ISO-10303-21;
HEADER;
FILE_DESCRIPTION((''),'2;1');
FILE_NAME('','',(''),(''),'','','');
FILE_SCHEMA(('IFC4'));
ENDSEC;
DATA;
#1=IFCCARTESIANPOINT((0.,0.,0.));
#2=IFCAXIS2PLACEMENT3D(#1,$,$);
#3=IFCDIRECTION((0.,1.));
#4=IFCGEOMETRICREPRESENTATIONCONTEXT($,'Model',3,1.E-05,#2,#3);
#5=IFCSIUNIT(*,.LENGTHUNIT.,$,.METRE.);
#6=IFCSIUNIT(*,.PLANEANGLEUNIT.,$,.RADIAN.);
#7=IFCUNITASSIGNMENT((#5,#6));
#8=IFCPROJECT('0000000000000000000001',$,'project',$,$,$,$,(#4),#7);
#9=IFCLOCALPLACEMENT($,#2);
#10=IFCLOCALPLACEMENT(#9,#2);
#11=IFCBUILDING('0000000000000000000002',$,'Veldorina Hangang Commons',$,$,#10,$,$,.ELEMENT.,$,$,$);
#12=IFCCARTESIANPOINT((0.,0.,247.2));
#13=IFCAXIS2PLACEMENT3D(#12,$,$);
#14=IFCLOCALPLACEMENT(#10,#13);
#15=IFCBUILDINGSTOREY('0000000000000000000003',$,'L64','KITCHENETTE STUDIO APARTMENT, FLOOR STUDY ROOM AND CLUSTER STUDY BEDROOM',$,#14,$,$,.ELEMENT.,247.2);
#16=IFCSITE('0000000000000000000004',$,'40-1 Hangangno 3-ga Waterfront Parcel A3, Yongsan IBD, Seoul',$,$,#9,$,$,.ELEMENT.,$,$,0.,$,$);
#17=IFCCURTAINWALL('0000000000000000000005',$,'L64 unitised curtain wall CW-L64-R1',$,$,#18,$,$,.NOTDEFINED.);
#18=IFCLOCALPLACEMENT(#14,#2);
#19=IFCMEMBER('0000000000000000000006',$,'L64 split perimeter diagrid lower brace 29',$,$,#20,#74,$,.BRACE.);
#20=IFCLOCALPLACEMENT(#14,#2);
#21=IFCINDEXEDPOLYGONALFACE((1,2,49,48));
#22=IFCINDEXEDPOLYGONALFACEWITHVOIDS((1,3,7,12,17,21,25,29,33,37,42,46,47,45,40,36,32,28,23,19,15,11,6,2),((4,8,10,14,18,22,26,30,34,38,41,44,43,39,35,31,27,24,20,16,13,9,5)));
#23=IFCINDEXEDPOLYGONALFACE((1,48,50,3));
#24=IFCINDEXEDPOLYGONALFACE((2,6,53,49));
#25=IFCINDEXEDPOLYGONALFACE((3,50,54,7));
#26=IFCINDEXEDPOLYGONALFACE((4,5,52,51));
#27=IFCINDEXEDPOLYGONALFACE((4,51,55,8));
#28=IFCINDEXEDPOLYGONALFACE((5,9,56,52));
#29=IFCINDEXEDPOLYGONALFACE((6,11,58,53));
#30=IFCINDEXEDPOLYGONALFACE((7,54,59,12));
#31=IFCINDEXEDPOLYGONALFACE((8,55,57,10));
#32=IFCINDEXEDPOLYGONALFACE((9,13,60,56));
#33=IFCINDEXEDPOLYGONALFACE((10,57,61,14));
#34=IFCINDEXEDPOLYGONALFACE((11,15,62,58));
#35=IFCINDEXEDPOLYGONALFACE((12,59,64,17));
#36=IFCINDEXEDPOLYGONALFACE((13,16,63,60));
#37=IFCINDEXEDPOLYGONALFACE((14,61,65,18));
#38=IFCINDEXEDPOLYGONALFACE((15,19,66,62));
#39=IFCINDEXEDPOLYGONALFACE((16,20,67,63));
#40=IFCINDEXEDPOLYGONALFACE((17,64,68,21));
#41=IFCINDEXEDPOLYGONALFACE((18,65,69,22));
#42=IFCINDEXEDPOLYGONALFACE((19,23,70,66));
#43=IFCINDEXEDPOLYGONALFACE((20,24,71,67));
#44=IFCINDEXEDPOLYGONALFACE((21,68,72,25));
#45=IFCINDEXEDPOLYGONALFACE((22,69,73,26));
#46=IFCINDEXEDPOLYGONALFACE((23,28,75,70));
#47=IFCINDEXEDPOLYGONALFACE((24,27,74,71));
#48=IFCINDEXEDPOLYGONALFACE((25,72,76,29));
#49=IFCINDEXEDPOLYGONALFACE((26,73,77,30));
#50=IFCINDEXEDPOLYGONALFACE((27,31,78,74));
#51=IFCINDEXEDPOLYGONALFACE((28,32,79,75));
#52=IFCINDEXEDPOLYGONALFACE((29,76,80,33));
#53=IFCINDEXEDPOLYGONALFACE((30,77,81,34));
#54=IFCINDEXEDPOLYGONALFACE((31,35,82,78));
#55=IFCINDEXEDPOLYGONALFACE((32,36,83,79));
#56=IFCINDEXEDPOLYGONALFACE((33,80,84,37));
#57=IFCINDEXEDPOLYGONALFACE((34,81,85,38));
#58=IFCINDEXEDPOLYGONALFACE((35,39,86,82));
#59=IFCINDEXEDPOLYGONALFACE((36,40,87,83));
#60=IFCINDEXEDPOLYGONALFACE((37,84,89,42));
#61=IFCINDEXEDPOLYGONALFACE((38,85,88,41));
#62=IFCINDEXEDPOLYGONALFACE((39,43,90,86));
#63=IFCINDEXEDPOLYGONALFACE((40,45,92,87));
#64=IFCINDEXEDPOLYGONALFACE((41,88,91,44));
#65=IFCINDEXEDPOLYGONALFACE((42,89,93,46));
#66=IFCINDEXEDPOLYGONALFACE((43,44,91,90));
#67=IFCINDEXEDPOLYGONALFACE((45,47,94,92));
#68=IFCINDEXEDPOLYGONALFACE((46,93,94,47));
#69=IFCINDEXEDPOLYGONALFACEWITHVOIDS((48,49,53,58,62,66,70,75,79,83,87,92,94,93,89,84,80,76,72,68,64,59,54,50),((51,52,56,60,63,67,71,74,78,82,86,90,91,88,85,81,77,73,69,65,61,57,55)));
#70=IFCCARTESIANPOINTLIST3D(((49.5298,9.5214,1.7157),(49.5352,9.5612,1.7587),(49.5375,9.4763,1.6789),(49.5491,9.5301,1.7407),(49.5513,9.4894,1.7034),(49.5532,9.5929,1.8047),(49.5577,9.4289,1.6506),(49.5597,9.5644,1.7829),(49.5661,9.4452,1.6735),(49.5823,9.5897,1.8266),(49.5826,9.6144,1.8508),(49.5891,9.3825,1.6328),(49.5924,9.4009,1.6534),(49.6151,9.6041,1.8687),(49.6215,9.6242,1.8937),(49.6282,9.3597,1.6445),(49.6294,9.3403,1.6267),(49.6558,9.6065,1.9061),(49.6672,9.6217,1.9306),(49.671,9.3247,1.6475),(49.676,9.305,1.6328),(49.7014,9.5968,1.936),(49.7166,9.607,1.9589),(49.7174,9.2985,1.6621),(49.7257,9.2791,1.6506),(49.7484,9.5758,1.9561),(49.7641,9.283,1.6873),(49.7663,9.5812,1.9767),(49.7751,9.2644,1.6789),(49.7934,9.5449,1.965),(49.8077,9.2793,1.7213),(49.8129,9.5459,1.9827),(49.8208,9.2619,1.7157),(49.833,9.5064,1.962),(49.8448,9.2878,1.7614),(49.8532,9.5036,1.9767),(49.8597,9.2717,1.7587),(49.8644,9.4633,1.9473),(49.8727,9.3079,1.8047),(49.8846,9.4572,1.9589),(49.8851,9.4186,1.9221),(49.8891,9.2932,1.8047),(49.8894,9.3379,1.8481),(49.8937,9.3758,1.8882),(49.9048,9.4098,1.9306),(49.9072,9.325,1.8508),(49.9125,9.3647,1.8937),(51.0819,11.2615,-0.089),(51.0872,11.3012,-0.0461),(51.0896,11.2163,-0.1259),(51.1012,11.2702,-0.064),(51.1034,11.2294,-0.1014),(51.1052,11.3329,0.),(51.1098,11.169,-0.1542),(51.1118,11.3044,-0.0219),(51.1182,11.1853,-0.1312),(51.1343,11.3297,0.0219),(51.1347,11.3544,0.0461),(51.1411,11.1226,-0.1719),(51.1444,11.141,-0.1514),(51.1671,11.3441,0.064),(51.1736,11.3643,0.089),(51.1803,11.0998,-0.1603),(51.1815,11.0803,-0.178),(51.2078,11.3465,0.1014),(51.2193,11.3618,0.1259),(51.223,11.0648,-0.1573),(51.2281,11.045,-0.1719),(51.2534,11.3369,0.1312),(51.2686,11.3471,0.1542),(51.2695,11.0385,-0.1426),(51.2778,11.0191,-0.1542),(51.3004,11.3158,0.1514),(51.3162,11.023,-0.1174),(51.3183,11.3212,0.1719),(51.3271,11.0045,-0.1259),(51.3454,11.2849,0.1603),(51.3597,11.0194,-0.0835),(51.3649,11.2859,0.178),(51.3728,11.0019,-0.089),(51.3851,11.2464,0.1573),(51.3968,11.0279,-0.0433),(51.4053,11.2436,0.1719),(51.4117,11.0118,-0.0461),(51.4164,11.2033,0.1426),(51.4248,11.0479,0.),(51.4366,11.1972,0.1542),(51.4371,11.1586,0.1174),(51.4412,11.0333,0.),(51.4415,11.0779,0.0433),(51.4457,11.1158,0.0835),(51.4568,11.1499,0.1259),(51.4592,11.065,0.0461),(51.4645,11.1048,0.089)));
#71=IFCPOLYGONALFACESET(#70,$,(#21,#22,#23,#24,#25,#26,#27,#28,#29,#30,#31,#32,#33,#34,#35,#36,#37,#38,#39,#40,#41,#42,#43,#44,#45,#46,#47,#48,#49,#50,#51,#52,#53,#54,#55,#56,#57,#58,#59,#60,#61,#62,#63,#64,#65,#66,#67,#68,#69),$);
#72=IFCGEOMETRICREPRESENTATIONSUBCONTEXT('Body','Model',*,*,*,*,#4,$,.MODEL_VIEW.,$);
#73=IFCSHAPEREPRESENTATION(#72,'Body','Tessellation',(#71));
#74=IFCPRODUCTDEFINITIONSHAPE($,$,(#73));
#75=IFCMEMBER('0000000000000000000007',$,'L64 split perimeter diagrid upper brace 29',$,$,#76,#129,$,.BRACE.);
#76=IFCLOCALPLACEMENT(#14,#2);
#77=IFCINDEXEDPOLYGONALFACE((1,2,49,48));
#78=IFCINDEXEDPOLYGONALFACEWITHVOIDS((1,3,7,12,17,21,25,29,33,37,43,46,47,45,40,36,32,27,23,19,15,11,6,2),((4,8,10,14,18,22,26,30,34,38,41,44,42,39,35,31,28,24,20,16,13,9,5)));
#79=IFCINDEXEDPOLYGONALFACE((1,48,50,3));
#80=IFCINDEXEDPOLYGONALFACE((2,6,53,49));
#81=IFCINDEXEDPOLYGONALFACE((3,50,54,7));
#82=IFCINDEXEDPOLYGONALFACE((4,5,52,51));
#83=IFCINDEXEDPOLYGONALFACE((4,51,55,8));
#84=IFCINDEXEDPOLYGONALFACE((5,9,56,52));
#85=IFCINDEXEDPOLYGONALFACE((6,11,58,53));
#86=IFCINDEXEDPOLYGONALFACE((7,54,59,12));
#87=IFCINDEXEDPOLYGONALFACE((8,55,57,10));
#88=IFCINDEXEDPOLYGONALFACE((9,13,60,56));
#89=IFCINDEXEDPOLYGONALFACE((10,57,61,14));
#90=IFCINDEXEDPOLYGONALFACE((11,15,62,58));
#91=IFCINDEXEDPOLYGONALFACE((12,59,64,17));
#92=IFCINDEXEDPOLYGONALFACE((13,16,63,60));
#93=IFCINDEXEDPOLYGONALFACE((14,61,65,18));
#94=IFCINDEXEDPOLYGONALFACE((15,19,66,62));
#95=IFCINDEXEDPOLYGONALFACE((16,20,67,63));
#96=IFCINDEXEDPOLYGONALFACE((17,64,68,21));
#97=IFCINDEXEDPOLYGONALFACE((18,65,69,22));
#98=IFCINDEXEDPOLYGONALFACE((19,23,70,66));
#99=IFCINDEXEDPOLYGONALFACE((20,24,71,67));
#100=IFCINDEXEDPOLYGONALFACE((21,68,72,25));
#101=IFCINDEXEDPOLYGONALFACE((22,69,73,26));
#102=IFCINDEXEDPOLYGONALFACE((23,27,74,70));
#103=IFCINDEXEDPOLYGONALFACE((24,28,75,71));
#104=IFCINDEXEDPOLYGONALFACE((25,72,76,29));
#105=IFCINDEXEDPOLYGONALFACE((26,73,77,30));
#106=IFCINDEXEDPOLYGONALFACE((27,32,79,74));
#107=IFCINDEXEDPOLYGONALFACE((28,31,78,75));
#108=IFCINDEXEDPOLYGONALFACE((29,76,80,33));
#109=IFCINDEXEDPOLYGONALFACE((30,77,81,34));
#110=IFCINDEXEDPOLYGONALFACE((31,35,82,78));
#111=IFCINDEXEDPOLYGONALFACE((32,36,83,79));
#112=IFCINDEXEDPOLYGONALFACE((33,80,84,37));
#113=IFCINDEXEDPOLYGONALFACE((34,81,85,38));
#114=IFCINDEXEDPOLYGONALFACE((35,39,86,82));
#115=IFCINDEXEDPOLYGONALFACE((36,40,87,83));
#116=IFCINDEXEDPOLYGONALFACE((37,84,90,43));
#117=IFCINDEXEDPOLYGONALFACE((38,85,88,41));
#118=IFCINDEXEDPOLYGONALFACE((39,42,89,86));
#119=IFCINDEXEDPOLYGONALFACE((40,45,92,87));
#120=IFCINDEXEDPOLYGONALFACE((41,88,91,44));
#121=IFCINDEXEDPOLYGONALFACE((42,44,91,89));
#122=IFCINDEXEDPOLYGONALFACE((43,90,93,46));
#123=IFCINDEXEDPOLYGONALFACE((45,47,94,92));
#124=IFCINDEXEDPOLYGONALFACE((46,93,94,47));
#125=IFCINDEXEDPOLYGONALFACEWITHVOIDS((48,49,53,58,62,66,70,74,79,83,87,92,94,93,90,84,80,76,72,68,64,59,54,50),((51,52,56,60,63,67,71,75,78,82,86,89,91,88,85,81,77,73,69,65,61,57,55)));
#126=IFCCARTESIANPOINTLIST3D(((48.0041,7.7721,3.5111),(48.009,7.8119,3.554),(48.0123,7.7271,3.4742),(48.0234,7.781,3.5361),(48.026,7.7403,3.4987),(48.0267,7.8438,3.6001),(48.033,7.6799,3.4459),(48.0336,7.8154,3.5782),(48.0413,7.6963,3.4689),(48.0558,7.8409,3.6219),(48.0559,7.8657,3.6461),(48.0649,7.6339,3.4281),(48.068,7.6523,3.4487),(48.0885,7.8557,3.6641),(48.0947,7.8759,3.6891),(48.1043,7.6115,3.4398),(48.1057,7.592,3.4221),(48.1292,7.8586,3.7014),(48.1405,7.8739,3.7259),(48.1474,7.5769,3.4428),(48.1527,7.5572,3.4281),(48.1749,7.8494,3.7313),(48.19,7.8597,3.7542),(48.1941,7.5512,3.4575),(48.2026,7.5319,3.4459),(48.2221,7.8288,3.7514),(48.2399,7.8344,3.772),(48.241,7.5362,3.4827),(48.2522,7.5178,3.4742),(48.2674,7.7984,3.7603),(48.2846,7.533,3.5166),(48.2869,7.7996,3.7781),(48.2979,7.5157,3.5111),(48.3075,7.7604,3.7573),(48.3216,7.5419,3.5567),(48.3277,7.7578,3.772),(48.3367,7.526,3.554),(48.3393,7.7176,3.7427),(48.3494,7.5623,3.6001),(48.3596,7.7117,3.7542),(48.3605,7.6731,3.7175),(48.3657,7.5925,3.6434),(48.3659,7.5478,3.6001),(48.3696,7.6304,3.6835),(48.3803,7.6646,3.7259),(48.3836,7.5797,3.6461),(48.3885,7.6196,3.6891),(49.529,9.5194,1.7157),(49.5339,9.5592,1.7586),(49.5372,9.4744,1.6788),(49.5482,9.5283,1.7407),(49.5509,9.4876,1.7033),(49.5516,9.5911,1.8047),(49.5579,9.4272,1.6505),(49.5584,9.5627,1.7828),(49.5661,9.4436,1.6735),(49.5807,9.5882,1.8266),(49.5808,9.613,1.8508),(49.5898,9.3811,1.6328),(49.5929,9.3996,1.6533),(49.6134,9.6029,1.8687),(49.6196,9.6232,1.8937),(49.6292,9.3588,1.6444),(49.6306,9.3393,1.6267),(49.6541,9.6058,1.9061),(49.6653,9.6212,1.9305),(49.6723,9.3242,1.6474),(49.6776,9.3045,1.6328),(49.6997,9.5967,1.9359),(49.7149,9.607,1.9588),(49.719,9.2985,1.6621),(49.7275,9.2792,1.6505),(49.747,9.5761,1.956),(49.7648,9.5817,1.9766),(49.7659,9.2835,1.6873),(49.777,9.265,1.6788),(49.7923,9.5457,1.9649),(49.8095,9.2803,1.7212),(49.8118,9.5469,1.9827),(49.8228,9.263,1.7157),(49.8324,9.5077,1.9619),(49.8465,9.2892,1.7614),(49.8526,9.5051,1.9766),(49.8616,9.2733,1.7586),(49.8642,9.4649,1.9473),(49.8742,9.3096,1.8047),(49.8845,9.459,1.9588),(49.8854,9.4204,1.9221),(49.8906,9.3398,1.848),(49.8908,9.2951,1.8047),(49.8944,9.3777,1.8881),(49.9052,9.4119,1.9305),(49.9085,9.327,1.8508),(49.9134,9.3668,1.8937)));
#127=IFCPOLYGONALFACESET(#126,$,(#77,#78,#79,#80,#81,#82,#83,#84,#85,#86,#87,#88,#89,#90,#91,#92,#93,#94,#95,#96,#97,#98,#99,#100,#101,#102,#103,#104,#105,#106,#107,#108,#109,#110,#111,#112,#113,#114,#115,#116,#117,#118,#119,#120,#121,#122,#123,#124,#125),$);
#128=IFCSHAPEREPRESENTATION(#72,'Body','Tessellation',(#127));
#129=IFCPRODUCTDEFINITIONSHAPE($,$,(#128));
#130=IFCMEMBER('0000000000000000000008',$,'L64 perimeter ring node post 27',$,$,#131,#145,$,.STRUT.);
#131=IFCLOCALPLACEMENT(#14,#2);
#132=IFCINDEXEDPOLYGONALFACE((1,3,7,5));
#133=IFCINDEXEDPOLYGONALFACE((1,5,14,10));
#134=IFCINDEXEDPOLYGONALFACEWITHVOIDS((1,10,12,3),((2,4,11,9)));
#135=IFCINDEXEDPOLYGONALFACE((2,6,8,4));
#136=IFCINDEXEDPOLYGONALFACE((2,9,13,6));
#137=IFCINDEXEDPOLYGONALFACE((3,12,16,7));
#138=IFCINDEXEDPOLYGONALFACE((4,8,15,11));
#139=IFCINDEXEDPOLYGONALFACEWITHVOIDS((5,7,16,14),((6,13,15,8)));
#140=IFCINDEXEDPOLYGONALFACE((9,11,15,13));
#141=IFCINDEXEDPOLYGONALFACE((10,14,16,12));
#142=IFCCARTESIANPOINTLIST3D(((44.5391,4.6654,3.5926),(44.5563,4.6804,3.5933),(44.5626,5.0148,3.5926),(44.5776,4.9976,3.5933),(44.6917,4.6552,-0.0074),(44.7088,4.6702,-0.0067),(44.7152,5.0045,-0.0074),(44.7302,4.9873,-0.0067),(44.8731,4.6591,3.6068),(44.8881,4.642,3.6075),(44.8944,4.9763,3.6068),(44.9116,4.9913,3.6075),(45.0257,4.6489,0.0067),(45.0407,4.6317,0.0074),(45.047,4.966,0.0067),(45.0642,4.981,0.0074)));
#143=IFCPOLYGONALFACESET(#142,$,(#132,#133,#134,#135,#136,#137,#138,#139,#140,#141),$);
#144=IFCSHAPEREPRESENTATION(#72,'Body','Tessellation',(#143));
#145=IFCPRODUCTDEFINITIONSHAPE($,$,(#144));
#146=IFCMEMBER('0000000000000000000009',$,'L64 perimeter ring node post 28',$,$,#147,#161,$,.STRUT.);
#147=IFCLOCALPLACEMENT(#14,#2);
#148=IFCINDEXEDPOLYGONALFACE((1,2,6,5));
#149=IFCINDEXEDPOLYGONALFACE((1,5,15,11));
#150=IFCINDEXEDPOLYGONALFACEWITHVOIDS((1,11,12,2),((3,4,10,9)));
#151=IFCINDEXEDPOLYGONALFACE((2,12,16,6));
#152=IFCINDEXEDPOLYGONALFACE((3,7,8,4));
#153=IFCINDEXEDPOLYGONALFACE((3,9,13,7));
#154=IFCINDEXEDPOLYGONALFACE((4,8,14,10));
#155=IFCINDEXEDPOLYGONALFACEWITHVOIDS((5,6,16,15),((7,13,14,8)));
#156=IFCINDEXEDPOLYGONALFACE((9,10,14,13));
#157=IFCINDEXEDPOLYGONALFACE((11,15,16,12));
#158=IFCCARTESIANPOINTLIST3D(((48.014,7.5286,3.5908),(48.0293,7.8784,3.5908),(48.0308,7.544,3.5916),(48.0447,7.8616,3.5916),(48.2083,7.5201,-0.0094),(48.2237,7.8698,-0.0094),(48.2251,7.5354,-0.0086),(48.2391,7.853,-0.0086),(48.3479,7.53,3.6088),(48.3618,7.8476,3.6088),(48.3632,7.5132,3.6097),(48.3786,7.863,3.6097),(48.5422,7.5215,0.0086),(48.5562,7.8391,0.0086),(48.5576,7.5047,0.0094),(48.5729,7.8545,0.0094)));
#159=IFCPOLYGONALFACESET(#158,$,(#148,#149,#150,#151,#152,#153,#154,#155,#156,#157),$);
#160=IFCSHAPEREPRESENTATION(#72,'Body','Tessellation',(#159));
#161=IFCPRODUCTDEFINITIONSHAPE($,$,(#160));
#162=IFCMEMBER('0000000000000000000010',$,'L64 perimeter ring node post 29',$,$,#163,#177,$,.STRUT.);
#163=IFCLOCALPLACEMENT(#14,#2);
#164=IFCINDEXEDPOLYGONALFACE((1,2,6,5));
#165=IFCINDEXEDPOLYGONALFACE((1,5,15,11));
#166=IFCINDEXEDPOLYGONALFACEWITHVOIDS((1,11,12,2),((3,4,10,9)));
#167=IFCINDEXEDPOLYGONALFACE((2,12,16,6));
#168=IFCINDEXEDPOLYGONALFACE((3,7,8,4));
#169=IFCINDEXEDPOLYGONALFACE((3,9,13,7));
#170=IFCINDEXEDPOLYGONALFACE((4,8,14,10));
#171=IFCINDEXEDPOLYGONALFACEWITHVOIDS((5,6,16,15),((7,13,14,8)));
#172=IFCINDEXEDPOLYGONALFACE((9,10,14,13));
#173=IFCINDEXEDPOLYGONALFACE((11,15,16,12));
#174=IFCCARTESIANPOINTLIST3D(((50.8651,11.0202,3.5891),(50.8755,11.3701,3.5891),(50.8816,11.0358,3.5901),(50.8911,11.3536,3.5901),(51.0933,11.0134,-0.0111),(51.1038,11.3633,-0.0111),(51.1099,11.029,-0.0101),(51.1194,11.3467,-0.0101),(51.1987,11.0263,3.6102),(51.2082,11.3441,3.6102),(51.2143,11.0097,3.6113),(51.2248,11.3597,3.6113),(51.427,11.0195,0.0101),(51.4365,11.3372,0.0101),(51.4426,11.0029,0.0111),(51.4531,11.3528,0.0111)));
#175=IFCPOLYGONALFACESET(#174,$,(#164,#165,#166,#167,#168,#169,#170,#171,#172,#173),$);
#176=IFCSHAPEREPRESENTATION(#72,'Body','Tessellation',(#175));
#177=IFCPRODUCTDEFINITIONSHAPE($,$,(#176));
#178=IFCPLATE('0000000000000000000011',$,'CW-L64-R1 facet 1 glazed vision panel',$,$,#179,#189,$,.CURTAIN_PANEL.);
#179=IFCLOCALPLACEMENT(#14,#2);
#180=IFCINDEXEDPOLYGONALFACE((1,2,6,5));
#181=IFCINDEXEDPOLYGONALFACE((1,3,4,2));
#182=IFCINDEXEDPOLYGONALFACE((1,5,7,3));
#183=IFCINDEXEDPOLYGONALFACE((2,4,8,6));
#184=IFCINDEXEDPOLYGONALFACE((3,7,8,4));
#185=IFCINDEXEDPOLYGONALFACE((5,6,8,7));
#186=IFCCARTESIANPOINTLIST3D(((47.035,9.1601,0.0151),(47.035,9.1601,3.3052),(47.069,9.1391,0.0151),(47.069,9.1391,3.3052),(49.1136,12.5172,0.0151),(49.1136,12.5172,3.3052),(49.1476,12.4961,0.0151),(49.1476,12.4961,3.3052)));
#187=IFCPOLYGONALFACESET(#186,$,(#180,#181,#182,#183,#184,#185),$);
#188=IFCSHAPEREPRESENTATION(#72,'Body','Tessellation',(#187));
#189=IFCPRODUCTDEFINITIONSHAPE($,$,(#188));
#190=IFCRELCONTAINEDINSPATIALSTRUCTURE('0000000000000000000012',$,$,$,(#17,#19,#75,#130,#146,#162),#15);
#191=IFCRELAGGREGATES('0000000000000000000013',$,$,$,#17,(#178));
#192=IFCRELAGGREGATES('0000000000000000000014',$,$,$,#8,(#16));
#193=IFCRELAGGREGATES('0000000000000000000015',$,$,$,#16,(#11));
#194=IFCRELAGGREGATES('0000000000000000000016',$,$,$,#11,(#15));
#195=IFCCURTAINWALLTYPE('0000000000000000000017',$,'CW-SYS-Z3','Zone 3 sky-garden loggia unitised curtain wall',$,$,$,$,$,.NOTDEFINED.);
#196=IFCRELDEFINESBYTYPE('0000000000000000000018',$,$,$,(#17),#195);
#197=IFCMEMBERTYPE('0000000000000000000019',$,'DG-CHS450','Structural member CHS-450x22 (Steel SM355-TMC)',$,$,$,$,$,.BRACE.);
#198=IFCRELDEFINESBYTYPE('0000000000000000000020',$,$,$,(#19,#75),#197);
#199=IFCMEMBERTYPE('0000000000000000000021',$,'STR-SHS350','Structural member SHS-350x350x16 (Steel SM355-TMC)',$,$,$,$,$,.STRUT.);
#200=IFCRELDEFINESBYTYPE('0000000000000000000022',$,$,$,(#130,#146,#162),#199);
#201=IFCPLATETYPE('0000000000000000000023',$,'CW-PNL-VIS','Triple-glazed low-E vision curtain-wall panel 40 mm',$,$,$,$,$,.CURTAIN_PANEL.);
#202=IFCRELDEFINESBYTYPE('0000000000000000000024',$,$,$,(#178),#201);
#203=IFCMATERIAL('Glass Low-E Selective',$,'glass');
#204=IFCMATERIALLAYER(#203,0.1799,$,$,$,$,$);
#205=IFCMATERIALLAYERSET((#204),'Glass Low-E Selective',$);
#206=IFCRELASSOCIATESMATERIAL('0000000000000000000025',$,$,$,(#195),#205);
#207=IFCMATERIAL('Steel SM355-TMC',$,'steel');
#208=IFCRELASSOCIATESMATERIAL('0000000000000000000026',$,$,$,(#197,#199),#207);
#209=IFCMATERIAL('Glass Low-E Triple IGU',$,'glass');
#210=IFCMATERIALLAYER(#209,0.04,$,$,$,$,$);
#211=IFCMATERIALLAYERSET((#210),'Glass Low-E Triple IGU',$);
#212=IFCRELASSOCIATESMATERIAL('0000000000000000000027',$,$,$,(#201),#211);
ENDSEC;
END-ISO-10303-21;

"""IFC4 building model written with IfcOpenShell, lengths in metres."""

from ifc_helpers import new_model, si_unit, direction, frame, origin, origin_2d, place, context, subcontext, project, spatial, rectangle, hollow_rectangle, hollow_circle, extrude, material, layer, layer_set, material_profile, profile_set, type_object, element, aggregate, save


model = new_model("IFC4")

# Units and contexts
model_context = context("Model", 3, precision=1e-05, world=origin(), true_north=direction((0.0, 1.0)))
body_context = subcontext(model_context, "Body", "Model", "MODEL_VIEW")
ifc_project = project(units=[si_unit("LENGTHUNIT", "METRE"), si_unit("PLANEANGLEUNIT", "RADIAN")], contexts=[model_context])

# Site, building, storey
site_placement = place(None, origin())
site = spatial("IfcSite", under=ifc_project, at=site_placement, Name="40-1 Hangangno 3-ga Waterfront Parcel A3, Yongsan IBD, Seoul", CompositionType="ELEMENT", RefElevation=0.0)
building_placement = place(site_placement, origin())
building = spatial("IfcBuilding", under=site, at=building_placement, Name="Veldorina Hangang Commons", CompositionType="ELEMENT")
storey_placement = place(building_placement, frame((0.0, 0.0, 247.2)))
storey = spatial("IfcBuildingStorey", under=building, at=storey_placement, Name="L64", Description="KITCHENETTE STUDIO APARTMENT, FLOOR STUDY ROOM AND CLUSTER STUDY BEDROOM", CompositionType="ELEMENT", Elevation=247.2)

# Shared definitions
ifc_material_1 = material(Name="Steel SM355-TMC", Category="steel")

# Curtain wall
ifc_material_2 = material(Name="Glass Low-E Selective", Category="glass")
ifc_layer_1 = layer(ifc_material_2, 0.1799)
ifc_layer_set_1 = layer_set([ifc_layer_1], Name="Glass Low-E Selective")
curtain_wall_type = type_object("IfcCurtainWallType", Name="CW-SYS-Z3", Description="Zone 3 sky-garden loggia unitised curtain wall", PredefinedType="NOTDEFINED", material=ifc_layer_set_1)
curtain_wall_placement = place(storey_placement, origin())
curtain_wall = element("IfcCurtainWall", 1, at=curtain_wall_placement, inside=storey, type_object=curtain_wall_type, Name="L64 unitised curtain wall CW-L64-R1", PredefinedType="NOTDEFINED")

# Members
ifc_material_profile_1 = material_profile(ifc_material_1, hollow_circle(Radius=0.2251, WallThickness=0.022, at=origin_2d()), Name="CHS-450x22")
ifc_profile_set_1 = profile_set([ifc_material_profile_1], Name="Steel SM355-TMC")
member_type_1 = type_object("IfcMemberType", Name="DG-CHS450", Description="Structural member CHS-450x22 (Steel SM355-TMC)", PredefinedType="BRACE", material=ifc_profile_set_1)
member_1_placement = place(storey_placement, frame((51.2732, 11.1831, 0.0), z_axis=(-0.526385, -0.590144, 0.612087), x_axis=(0.74627, -0.665643, 0.0)))
element("IfcMember", 2, at=member_1_placement, inside=storey, type_object=member_type_1, Name="L64 split perimeter diagrid lower brace 29", PredefinedType="BRACE", context=body_context, shape_type="SweptSolid", body=[
    extrude(hollow_circle(Radius=0.2251, WallThickness=0.022, at=origin_2d()), origin(), (0.0, 0.0, 1.0), 2.9485),
])
member_2_placement = place(storey_placement, frame((49.7212, 9.4431, 1.8047), z_axis=(-0.519929, -0.595762, 0.612161), x_axis=(0.75343, -0.657528, 0.0)))
element("IfcMember", 3, at=member_2_placement, inside=storey, type_object=member_type_1, Name="L64 split perimeter diagrid upper brace 29", PredefinedType="BRACE", context=body_context, shape_type="SweptSolid", body=[
    extrude(hollow_circle(Radius=0.2251, WallThickness=0.022, at=origin_2d()), origin(), (0.0, 0.0, 1.0), 2.9329),
])
ifc_material_profile_2 = material_profile(ifc_material_1, hollow_rectangle(XDim=0.3501, YDim=0.3501, WallThickness=0.0161, at=origin_2d()), Name="SHS-350x350x16")
ifc_profile_set_2 = profile_set([ifc_material_profile_2], Name="Steel SM355-TMC")
member_type_2 = type_object("IfcMemberType", Name="STR-SHS350", Description="Structural member SHS-350x350x16 (Steel SM355-TMC)", PredefinedType="STRUT", material=ifc_profile_set_2)
member_3_placement = place(storey_placement, frame((44.8779, 4.8181, 0.0), z_axis=(-0.042346, 0.002846, 0.999099), x_axis=(-0.067049, -0.99775, 0.0)))
element("IfcMember", 4, at=member_3_placement, inside=storey, type_object=member_type_2, Name="L64 perimeter ring node post 27", PredefinedType="STRUT", context=body_context, shape_type="SweptSolid", body=[
    extrude(hollow_rectangle(XDim=0.3501, YDim=0.3501, WallThickness=0.0161, at=origin_2d()), origin(), (0.0, 0.0, 1.0), 3.6033),
])
member_4_placement = place(storey_placement, frame((48.3906, 7.6873, 0.0), z_axis=(-0.053902, 0.00237, 0.998543), x_axis=(-0.043927, -0.999035, 0.0)))
element("IfcMember", 5, at=member_4_placement, inside=storey, type_object=member_type_2, Name="L64 perimeter ring node post 28", PredefinedType="STRUT", context=body_context, shape_type="SweptSolid", body=[
    extrude(hollow_rectangle(XDim=0.3501, YDim=0.3501, WallThickness=0.0161, at=origin_2d()), origin(), (0.0, 0.0, 1.0), 3.6055),
])
member_5_placement = place(storey_placement, frame((51.2732, 11.1831, 0.0), z_axis=(-0.06328, 0.001895, 0.997994), x_axis=(-0.029933, -0.999552, 0.0)))
element("IfcMember", 6, at=member_5_placement, inside=storey, type_object=member_type_2, Name="L64 perimeter ring node post 29", PredefinedType="STRUT", context=body_context, shape_type="SweptSolid", body=[
    extrude(hollow_rectangle(XDim=0.3501, YDim=0.3501, WallThickness=0.0161, at=origin_2d()), origin(), (0.0, 0.0, 1.0), 3.6074),
])

# Plate
ifc_material_3 = material(Name="Glass Low-E Triple IGU", Category="glass")
ifc_layer_2 = layer(ifc_material_3, 0.04)
ifc_layer_set_2 = layer_set([ifc_layer_2], Name="Glass Low-E Triple IGU")
plate_type_1 = type_object("IfcPlateType", Name="CW-PNL-VIS", Description="Triple-glazed low-E vision curtain-wall panel 40 mm", PredefinedType="CURTAIN_PANEL", material=ifc_layer_set_2)
plate_1_placement = place(storey_placement, frame((48.0913, 10.8281, 0.0151), z_axis=(0.0, 0.0, 1.0), x_axis=(0.526437, 0.850214, 0.0)))
plate_1 = element("IfcPlate", 7, at=plate_1_placement, type_object=plate_type_1, Name="CW-L64-R1 facet 1 glazed vision panel", PredefinedType="CURTAIN_PANEL", context=body_context, shape_type="SweptSolid", body=[
    extrude(rectangle(XDim=3.9485, YDim=0.04, at=origin_2d()), origin(), (0.0, 0.0, 1.0), 3.29),
])
aggregate(curtain_wall, [plate_1])

save(model, "model.ifc")
